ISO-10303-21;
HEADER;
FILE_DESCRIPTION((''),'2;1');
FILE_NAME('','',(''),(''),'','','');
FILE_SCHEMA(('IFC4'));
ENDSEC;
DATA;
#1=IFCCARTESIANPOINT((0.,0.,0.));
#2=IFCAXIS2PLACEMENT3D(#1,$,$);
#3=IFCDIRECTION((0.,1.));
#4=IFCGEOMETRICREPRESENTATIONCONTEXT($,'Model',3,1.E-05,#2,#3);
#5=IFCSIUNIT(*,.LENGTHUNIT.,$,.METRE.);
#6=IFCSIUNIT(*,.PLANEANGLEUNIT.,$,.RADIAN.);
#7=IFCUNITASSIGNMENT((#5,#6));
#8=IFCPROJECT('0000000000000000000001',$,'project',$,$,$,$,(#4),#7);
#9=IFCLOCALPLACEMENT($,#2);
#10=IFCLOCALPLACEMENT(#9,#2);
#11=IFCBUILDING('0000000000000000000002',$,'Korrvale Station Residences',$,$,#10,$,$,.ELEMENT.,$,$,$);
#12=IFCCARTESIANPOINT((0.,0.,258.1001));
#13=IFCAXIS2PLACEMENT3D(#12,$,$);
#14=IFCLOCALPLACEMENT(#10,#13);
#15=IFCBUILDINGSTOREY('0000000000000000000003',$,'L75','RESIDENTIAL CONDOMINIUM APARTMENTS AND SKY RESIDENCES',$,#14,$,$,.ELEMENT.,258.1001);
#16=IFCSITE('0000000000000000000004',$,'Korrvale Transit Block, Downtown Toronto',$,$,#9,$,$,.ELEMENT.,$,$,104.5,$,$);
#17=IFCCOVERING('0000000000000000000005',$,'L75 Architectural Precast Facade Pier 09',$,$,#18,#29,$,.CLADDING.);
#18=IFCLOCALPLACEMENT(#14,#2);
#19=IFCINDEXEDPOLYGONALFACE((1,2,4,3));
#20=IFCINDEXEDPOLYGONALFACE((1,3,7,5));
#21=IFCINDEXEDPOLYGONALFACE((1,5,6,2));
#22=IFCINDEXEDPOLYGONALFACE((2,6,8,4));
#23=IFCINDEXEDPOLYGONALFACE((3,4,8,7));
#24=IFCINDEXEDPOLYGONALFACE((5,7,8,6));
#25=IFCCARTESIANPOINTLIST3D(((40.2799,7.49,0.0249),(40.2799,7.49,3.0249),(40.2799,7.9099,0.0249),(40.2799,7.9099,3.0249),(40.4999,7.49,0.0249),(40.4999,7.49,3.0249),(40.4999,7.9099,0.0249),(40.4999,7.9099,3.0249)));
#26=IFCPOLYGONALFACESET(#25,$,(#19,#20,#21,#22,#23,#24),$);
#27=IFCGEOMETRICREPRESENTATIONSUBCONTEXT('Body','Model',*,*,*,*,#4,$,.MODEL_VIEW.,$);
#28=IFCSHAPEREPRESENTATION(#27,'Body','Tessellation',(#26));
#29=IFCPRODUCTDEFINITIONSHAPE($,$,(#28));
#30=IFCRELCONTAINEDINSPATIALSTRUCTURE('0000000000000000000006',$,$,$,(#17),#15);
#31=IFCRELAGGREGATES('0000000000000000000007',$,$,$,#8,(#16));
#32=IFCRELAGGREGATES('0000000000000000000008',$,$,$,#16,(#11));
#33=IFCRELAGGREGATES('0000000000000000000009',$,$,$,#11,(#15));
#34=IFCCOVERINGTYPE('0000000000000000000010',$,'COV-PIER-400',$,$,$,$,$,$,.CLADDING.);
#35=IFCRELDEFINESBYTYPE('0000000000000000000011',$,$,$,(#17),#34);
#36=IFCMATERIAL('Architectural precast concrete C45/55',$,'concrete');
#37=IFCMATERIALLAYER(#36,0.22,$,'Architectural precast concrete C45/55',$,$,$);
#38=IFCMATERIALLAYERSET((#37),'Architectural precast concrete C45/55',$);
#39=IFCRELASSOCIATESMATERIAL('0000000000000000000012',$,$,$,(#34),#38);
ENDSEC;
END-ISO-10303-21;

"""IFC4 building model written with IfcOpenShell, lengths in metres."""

from ifc_helpers import new_model, si_unit, direction, frame, origin, origin_2d, place, context, subcontext, project, spatial, rectangle, extrude, material, layer, layer_set, type_object, element, save


model = new_model("IFC4")

# Units and contexts
model_context = context("Model", 3, precision=1e-05, world=origin(), true_north=direction((0.0, 1.0)))
body_context = subcontext(model_context, "Body", "Model", "MODEL_VIEW")
ifc_project = project(units=[si_unit("LENGTHUNIT", "METRE"), si_unit("PLANEANGLEUNIT", "RADIAN")], contexts=[model_context])

# Site, building, storey
site_placement = place(None, origin())
site = spatial("IfcSite", under=ifc_project, at=site_placement, Name="Korrvale Transit Block, Downtown Toronto", CompositionType="ELEMENT", RefElevation=104.5)
building_placement = place(site_placement, origin())
building = spatial("IfcBuilding", under=site, at=building_placement, Name="Korrvale Station Residences", CompositionType="ELEMENT")
storey_placement = place(building_placement, frame((0.0, 0.0, 258.1001)))
storey = spatial("IfcBuildingStorey", under=building, at=storey_placement, Name="L75", Description="RESIDENTIAL CONDOMINIUM APARTMENTS AND SKY RESIDENCES", CompositionType="ELEMENT", Elevation=258.1001)

# Covering
ifc_material_1 = material(Name="Architectural precast concrete C45/55", Category="concrete")
ifc_layer_1 = layer(ifc_material_1, 0.22, Name="Architectural precast concrete C45/55")
ifc_layer_set_1 = layer_set([ifc_layer_1], Name="Architectural precast concrete C45/55")
covering_type = type_object("IfcCoveringType", Name="COV-PIER-400", PredefinedType="CLADDING", material=ifc_layer_set_1)
covering_placement = place(storey_placement, frame((40.3899, 7.7, 0.0249), z_axis=(0.0, 0.0, 1.0), x_axis=(0.0, 1.0, 0.0)))
element("IfcCovering", 1, at=covering_placement, inside=storey, type_object=covering_type, Name="L75 Architectural Precast Facade Pier 09", PredefinedType="CLADDING", context=body_context, shape_type="SweptSolid", body=[
    extrude(rectangle(XDim=0.4199, YDim=0.22, at=origin_2d()), origin(), (0.0, 0.0, 1.0), 3.0),
])

save(model, "model.ifc")
